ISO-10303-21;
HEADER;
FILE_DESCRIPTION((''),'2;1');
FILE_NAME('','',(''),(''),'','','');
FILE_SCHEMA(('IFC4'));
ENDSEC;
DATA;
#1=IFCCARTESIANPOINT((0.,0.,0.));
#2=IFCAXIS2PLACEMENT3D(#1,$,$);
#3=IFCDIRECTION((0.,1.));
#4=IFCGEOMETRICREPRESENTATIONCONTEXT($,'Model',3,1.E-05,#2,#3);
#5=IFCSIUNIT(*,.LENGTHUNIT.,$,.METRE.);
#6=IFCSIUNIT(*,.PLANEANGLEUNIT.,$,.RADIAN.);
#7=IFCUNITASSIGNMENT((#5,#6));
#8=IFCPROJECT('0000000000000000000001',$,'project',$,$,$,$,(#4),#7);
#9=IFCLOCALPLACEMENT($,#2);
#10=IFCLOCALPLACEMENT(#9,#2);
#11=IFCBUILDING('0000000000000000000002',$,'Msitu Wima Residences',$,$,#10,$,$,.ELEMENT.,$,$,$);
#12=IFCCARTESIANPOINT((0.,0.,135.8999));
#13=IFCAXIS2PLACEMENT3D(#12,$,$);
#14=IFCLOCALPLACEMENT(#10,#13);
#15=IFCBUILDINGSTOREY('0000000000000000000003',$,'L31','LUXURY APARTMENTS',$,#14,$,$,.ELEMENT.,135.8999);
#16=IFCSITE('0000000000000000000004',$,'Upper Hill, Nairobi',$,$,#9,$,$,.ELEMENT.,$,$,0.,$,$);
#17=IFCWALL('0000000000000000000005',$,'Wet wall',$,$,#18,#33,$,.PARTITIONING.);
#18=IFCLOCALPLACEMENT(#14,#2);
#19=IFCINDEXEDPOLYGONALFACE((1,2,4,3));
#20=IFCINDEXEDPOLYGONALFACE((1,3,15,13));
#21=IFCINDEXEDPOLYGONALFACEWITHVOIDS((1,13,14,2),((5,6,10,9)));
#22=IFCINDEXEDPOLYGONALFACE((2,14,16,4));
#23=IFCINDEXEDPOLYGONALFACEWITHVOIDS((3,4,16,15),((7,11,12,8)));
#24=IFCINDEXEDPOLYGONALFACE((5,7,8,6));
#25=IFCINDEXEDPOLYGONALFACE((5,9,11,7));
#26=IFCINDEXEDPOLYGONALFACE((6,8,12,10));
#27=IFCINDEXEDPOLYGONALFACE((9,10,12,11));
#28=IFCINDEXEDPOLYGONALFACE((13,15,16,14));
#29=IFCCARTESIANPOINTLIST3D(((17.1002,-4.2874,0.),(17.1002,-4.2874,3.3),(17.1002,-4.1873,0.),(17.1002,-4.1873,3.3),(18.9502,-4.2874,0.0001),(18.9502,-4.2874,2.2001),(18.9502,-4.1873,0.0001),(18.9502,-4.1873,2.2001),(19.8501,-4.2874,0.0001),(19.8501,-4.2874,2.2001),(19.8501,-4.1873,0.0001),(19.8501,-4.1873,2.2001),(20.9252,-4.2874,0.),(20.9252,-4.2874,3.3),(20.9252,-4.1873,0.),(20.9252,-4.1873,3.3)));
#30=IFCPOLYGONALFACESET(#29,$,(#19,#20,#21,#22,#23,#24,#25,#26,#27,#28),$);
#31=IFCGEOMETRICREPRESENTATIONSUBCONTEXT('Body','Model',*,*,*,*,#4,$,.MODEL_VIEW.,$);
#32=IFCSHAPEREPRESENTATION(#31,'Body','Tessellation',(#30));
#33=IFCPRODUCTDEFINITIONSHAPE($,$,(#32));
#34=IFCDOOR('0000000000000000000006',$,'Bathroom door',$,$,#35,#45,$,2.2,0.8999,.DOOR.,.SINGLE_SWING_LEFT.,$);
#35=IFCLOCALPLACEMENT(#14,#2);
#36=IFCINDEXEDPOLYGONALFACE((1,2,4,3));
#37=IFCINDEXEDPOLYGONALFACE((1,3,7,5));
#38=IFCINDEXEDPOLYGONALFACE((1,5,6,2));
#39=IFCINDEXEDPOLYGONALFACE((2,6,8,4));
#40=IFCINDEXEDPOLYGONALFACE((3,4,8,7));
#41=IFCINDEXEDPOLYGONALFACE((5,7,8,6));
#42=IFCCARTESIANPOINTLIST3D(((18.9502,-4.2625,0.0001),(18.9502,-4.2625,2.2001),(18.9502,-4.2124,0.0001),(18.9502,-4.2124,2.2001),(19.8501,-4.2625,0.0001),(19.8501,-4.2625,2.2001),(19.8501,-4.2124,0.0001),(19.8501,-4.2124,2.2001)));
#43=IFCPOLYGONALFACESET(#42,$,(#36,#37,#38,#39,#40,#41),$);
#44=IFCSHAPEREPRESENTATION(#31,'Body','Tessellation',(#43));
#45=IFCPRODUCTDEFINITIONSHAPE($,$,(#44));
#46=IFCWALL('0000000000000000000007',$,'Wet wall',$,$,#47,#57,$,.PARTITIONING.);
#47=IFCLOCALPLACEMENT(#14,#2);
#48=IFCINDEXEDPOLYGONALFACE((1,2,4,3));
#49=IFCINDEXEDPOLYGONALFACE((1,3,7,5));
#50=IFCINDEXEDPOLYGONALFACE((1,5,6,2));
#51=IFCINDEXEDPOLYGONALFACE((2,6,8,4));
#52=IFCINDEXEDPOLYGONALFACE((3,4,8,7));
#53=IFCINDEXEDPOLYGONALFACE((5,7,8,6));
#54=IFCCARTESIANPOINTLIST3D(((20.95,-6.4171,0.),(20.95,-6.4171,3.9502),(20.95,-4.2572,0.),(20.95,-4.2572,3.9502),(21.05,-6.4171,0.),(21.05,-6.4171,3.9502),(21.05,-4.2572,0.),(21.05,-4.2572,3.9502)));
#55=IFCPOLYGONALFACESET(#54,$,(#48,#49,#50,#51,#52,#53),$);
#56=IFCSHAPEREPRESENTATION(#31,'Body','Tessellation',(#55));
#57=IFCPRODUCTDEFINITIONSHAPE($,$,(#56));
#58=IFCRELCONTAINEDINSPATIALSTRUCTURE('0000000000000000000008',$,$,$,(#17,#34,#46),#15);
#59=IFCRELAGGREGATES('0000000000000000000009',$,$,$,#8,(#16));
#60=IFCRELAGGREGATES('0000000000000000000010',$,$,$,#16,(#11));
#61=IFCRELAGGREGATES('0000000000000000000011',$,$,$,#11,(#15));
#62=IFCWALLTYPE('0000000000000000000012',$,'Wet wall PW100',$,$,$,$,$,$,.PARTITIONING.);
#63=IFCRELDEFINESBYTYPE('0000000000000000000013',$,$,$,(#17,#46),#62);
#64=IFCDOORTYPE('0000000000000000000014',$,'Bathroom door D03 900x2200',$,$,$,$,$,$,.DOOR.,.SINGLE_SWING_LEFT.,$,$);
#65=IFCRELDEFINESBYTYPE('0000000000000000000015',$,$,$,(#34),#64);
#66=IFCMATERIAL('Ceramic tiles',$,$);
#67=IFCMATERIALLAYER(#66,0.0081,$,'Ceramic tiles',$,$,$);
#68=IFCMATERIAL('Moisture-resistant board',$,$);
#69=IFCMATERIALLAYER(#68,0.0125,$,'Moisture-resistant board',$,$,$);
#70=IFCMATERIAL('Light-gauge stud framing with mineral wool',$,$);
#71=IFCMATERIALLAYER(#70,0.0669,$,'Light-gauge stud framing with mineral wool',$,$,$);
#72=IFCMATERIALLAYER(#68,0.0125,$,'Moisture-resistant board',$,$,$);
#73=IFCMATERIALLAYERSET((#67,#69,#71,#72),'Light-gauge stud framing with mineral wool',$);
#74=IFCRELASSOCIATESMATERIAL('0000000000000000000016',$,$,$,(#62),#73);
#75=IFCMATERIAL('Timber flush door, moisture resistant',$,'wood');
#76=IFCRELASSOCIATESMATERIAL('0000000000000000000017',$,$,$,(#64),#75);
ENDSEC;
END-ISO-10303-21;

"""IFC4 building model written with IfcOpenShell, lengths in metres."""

from ifc_helpers import new_model, si_unit, direction, frame, frame_2d, origin, place, context, subcontext, project, spatial, rectangle, extrude, material, layer, layer_set, type_object, element, fill, save


model = new_model("IFC4")

# Units and contexts
model_context = context("Model", 3, precision=1e-05, world=origin(), true_north=direction((0.0, 1.0)))
body_context = subcontext(model_context, "Body", "Model", "MODEL_VIEW")
ifc_project = project(units=[si_unit("LENGTHUNIT", "METRE"), si_unit("PLANEANGLEUNIT", "RADIAN")], contexts=[model_context])

# Site, building, storey
site_placement = place(None, origin())
site = spatial("IfcSite", under=ifc_project, at=site_placement, Name="Upper Hill, Nairobi", CompositionType="ELEMENT", RefElevation=0.0)
building_placement = place(site_placement, origin())
building = spatial("IfcBuilding", under=site, at=building_placement, Name="Msitu Wima Residences", CompositionType="ELEMENT")
storey_placement = place(building_placement, frame((0.0, 0.0, 135.8999)))
storey = spatial("IfcBuildingStorey", under=building, at=storey_placement, Name="L31", Description="LUXURY APARTMENTS", CompositionType="ELEMENT", Elevation=135.8999)

# Shared definitions
ifc_material_1 = material(Name="Ceramic tiles")
ifc_layer_1 = layer(ifc_material_1, 0.0081, Name="Ceramic tiles")
ifc_material_2 = material(Name="Moisture-resistant board")
ifc_layer_2 = layer(ifc_material_2, 0.0125, Name="Moisture-resistant board")
ifc_material_3 = material(Name="Light-gauge stud framing with mineral wool")
ifc_layer_3 = layer(ifc_material_3, 0.0669, Name="Light-gauge stud framing with mineral wool")
ifc_layer_4 = layer(ifc_material_2, 0.0125, Name="Moisture-resistant board")
ifc_layer_set_1 = layer_set([ifc_layer_1, ifc_layer_2, ifc_layer_3, ifc_layer_4], Name="Light-gauge stud framing with mineral wool")
wall_type_1 = type_object("IfcWallType", Name="Wet wall PW100", PredefinedType="PARTITIONING", material=ifc_layer_set_1)

# Wall, opening, door
wall_1_placement = place(storey_placement, frame((17.1001, -4.2373, 0.0), z_axis=(0.0, 0.0, 1.0), x_axis=(1.0, 0.0, 0.0)))
wall_1 = element("IfcWall", 1, at=wall_1_placement, inside=storey, type_object=wall_type_1, Name="Wet wall", PredefinedType="PARTITIONING", context=body_context, shape_type="SweptSolid", body=[
    extrude(rectangle(XDim=3.825, YDim=0.1001, at=frame_2d((1.9126, 0.0))), origin(), (0.0, 0.0, 1.0), 3.3),
])
opening_1_placement = place(wall_1_placement, frame((1.8501, 0.0, 0.0)))
opening_1 = element("IfcOpeningElement", 2, at=opening_1_placement, cuts=wall_1, PredefinedType="OPENING", context=body_context, shape_type="SweptSolid", body=[
    extrude(rectangle(XDim=0.8999, YDim=2.2, at=frame_2d((0.45, 1.1001))), frame((0.0, 0.0601, 0.0), z_axis=(0.0, -1.0, 0.0), x_axis=(1.0, 0.0, 0.0)), (0.0, 0.0, 1.0), 0.1201),
])
ifc_material_4 = material(Name="Timber flush door, moisture resistant", Category="wood")
door_type_1 = type_object("IfcDoorType", Name="Bathroom door D03 900x2200", OperationType="SINGLE_SWING_LEFT", PredefinedType="DOOR", material=ifc_material_4)
door_1_placement = place(opening_1_placement, origin())
door_1 = element("IfcDoor", 3, at=door_1_placement, inside=storey, type_object=door_type_1, Name="Bathroom door", OperationType="SINGLE_SWING_LEFT", OverallHeight=2.2, OverallWidth=0.8999, PredefinedType="DOOR", context=body_context, shape_type="SweptSolid", body=[
    extrude(rectangle(XDim=0.8999, YDim=2.2, at=frame_2d((0.45, 1.1001))), frame((0.0, 0.0249, 0.0), z_axis=(0.0, -1.0, 0.0), x_axis=(1.0, 0.0, 0.0)), (0.0, 0.0, 1.0), 0.05),
])
fill(opening_1, door_1)

# Wall
wall_2_placement = place(storey_placement, frame((21.0, -6.4172, 0.0), z_axis=(0.0, 0.0, 1.0), x_axis=(0.0, 1.0, 0.0)))
element("IfcWall", 4, at=wall_2_placement, inside=storey, type_object=wall_type_1, Name="Wet wall", PredefinedType="PARTITIONING", context=body_context, shape_type="SweptSolid", body=[
    extrude(rectangle(XDim=2.1599, YDim=0.1001, at=frame_2d((1.0801, 0.0))), origin(), (0.0, 0.0, 1.0), 3.9502),
])

save(model, "model.ifc")
